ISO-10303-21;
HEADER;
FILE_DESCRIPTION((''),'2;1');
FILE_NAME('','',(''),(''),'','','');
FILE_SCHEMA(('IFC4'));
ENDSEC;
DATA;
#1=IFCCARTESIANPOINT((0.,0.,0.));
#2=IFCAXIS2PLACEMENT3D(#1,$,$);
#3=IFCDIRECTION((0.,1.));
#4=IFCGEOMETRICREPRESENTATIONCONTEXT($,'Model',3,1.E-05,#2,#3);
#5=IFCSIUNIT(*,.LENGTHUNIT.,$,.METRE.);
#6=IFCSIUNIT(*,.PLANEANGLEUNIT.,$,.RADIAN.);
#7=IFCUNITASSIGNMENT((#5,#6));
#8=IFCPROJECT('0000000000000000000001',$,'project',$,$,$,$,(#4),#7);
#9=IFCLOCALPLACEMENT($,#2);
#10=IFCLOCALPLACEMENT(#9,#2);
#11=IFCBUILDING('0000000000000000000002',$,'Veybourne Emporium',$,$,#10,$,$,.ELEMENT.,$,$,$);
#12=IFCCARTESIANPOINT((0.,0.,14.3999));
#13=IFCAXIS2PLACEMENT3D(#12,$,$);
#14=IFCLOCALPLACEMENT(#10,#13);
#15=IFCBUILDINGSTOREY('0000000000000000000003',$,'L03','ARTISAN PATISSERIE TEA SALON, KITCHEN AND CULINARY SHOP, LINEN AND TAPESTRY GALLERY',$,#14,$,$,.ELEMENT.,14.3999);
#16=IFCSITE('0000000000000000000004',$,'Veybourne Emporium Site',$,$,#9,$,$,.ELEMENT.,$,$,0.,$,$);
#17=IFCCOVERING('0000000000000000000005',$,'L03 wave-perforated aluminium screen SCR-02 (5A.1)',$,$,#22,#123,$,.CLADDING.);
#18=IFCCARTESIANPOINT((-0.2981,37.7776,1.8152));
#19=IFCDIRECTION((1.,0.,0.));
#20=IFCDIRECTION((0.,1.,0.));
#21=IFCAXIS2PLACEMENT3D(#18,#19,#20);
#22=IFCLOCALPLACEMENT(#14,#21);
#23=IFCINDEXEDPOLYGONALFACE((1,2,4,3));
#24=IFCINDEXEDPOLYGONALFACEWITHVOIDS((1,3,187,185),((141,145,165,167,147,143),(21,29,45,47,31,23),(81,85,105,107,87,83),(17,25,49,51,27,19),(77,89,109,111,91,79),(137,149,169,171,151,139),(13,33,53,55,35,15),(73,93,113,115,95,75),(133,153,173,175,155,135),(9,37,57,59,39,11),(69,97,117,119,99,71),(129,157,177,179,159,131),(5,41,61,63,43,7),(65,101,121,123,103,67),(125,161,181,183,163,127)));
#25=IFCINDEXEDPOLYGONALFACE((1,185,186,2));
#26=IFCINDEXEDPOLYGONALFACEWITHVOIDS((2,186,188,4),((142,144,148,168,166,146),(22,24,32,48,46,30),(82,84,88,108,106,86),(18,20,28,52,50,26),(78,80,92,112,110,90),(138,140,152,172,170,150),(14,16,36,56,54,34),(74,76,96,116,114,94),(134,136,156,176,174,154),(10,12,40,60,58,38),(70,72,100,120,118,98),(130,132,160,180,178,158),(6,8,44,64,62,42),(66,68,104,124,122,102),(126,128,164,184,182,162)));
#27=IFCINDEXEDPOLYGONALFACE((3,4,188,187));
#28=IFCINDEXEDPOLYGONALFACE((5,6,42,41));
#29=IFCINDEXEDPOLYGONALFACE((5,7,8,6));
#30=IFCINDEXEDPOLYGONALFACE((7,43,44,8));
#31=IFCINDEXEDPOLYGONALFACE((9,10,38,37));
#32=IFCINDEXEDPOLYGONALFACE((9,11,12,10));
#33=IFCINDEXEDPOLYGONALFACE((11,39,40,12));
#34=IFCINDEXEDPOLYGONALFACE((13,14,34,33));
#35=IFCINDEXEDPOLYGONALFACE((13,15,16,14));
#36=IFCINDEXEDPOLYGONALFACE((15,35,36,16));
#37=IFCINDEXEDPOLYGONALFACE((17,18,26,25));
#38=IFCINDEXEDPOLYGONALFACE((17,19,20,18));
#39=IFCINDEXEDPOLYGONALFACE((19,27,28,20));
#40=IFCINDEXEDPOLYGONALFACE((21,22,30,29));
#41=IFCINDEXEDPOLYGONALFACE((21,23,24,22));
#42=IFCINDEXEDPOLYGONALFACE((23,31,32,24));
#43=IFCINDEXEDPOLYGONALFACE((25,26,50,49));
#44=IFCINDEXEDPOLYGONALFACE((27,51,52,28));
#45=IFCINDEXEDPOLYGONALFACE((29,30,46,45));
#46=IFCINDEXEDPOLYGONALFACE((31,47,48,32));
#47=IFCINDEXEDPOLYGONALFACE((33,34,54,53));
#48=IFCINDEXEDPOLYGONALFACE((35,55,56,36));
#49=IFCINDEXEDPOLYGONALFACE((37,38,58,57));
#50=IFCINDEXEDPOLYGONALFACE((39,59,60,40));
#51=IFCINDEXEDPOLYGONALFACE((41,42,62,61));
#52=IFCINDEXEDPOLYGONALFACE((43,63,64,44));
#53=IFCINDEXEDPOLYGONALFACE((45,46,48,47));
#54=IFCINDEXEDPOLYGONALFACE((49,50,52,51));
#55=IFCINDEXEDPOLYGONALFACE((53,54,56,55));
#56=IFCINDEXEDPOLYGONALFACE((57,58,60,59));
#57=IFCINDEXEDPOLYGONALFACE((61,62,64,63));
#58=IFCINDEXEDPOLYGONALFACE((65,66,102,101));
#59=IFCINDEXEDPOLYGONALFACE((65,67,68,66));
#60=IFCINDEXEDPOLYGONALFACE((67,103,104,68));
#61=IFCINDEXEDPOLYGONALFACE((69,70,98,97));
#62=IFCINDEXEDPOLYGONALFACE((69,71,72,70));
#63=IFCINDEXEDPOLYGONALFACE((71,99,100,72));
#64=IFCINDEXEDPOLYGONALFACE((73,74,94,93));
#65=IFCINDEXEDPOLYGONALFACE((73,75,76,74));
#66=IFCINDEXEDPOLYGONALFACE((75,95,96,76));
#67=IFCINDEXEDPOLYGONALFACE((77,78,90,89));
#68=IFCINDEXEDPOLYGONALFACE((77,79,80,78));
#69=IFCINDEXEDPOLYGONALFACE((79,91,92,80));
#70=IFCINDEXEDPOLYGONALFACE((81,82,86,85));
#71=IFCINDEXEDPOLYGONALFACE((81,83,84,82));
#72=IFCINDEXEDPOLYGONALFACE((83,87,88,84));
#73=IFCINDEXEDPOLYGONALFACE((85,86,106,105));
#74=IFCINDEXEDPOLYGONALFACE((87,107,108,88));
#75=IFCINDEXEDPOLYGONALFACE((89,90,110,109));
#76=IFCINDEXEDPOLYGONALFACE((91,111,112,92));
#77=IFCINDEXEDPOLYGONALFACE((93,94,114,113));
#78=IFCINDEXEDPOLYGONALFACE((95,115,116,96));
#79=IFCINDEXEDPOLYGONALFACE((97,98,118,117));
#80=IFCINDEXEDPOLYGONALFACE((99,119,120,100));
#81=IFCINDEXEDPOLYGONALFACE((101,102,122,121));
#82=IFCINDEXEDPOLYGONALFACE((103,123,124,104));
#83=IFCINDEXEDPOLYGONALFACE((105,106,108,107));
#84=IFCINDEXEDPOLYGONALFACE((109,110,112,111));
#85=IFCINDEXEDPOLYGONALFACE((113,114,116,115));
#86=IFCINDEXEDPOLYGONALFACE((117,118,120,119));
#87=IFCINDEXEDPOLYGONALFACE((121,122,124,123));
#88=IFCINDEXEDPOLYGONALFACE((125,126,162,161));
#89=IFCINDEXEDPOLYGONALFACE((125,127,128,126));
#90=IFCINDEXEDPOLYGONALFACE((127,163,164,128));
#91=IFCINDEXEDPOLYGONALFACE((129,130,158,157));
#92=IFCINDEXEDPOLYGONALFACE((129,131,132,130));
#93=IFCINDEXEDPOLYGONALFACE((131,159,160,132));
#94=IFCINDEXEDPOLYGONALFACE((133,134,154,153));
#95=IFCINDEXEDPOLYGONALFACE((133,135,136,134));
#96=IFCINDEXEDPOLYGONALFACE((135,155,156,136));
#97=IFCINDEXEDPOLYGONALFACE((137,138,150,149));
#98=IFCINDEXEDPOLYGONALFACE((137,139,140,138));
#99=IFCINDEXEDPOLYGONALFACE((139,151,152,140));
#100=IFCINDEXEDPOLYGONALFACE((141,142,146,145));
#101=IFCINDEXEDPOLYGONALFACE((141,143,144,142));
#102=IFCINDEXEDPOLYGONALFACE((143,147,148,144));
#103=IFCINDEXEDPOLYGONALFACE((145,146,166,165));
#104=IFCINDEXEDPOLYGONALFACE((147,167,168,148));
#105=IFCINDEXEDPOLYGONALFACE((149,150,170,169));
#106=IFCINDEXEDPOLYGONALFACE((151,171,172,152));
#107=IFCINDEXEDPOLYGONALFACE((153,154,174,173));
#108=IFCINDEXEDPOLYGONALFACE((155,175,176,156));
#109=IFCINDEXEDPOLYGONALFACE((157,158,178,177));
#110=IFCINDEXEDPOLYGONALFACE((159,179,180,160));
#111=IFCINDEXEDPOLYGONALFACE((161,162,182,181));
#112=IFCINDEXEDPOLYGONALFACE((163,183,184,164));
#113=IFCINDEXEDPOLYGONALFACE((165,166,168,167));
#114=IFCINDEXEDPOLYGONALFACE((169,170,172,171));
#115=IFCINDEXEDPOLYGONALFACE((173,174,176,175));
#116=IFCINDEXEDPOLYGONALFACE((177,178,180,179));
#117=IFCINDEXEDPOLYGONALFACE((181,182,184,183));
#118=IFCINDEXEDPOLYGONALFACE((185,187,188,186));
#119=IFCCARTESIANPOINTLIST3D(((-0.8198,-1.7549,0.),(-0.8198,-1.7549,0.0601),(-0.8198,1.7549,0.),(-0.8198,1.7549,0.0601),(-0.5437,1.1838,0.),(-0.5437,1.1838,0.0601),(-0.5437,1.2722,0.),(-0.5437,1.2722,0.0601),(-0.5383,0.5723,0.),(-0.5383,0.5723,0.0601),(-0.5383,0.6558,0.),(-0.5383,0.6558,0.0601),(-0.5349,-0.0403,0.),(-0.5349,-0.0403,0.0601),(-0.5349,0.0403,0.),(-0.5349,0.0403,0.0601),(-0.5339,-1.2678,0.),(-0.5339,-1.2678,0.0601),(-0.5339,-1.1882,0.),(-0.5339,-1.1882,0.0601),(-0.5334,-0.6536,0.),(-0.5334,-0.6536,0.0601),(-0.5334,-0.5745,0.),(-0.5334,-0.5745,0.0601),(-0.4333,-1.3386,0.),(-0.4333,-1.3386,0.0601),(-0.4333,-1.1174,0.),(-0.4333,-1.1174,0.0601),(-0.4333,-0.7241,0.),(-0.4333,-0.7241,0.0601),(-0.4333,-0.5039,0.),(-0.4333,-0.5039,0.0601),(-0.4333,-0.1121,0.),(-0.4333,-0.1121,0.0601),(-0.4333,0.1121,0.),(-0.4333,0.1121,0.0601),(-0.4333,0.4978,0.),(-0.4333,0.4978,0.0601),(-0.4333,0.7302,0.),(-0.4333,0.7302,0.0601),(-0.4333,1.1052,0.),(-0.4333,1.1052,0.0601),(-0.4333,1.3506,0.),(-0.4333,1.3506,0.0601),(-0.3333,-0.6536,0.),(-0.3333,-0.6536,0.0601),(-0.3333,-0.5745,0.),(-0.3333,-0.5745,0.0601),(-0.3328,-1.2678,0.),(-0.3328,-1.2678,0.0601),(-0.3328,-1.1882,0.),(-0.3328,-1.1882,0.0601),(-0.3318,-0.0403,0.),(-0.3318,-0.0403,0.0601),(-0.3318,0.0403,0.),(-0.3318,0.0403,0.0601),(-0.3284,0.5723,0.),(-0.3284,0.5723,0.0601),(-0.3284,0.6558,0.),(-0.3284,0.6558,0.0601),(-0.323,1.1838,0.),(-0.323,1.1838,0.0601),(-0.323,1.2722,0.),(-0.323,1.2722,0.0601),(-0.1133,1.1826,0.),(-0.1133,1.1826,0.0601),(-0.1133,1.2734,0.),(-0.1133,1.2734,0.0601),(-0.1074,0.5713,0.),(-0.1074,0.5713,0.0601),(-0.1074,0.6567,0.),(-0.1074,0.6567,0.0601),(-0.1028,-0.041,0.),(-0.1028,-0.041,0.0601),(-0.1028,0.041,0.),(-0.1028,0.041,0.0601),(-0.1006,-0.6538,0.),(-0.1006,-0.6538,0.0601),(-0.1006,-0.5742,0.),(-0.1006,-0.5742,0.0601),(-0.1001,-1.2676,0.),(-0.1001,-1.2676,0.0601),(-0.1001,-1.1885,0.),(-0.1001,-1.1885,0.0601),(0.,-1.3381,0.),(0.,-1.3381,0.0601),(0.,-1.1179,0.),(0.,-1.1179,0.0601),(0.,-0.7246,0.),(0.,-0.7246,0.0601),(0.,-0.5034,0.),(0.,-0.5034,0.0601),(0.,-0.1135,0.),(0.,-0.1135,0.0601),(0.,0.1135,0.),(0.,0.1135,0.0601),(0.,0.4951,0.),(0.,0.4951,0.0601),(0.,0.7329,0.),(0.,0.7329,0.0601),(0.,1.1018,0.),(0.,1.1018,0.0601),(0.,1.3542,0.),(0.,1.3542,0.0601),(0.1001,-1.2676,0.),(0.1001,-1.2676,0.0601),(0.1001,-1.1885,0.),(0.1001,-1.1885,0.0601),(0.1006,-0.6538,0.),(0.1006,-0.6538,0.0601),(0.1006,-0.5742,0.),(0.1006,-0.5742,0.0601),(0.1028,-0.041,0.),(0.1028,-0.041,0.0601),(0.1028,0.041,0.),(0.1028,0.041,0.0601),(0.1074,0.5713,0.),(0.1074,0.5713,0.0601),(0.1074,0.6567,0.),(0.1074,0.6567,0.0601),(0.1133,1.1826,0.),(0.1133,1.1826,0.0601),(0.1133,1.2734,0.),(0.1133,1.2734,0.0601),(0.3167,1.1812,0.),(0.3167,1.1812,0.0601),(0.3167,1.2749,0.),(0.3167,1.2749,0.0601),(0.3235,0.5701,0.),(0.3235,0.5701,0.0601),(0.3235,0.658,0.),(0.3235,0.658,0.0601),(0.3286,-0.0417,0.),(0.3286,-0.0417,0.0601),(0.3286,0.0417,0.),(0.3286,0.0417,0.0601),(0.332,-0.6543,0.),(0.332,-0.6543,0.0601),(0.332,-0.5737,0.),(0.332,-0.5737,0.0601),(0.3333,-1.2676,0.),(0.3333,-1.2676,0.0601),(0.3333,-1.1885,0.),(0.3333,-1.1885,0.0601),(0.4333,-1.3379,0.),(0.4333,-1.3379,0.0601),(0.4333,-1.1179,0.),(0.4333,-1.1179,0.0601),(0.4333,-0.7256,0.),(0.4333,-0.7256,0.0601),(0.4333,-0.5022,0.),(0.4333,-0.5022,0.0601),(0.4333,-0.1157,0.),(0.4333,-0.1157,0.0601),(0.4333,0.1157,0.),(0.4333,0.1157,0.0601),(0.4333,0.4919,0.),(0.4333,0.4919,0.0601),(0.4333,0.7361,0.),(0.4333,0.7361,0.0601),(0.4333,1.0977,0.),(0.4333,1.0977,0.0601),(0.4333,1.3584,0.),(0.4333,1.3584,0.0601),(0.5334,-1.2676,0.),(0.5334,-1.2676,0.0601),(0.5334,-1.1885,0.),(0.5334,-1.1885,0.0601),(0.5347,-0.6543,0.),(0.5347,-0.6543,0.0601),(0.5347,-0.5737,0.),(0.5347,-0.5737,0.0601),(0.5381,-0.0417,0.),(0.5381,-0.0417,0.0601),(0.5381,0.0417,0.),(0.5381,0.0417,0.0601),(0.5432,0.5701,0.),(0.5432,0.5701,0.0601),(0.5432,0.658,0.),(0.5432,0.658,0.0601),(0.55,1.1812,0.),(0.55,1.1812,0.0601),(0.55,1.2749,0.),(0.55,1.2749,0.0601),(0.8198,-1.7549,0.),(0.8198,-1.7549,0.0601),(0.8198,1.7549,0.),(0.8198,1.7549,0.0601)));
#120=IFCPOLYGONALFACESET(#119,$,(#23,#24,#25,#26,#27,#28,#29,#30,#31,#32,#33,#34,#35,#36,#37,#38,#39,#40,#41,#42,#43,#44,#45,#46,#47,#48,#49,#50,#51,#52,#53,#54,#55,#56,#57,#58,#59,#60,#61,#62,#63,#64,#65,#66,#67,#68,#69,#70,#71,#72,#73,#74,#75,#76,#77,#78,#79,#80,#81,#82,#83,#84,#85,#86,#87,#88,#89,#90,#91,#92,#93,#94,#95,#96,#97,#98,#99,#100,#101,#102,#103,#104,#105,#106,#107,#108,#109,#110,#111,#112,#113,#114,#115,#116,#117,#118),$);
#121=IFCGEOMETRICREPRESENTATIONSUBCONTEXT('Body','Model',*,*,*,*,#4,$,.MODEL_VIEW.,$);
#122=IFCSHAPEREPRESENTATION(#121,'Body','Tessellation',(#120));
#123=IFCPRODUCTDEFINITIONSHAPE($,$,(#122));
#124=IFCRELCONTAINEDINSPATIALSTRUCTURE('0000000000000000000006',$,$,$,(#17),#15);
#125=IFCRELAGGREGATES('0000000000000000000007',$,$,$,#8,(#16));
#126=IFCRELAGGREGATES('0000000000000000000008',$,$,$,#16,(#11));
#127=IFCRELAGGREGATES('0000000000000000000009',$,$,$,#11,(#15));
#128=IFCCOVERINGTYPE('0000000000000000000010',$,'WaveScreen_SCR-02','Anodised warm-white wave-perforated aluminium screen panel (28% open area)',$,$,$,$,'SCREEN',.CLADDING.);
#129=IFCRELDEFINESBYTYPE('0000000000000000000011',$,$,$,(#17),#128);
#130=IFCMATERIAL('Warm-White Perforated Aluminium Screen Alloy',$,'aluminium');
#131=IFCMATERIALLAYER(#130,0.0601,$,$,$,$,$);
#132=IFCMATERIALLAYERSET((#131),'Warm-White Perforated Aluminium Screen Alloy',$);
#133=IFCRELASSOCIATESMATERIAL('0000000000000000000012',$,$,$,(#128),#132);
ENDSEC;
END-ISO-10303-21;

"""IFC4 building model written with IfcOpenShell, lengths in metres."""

from ifc_helpers import new_model, si_unit, direction, frame, origin, place, context, subcontext, project, spatial, polyline, outline, extrude, material, layer, layer_set, type_object, element, save


model = new_model("IFC4")

# Units and contexts
model_context = context("Model", 3, precision=1e-05, world=origin(), true_north=direction((0.0, 1.0)))
body_context = subcontext(model_context, "Body", "Model", "MODEL_VIEW")
ifc_project = project(units=[si_unit("LENGTHUNIT", "METRE"), si_unit("PLANEANGLEUNIT", "RADIAN")], contexts=[model_context])

# Site, building, storey
site_placement = place(None, origin())
site = spatial("IfcSite", under=ifc_project, at=site_placement, Name="Veybourne Emporium Site", CompositionType="ELEMENT", RefElevation=0.0)
building_placement = place(site_placement, origin())
building = spatial("IfcBuilding", under=site, at=building_placement, Name="Veybourne Emporium", CompositionType="ELEMENT")
storey_placement = place(building_placement, frame((0.0, 0.0, 14.3999)))
storey = spatial("IfcBuildingStorey", under=building, at=storey_placement, Name="L03", Description="ARTISAN PATISSERIE TEA SALON, KITCHEN AND CULINARY SHOP, LINEN AND TAPESTRY GALLERY", CompositionType="ELEMENT", Elevation=14.3999)

# Covering
ifc_material_1 = material(Name="Warm-White Perforated Aluminium Screen Alloy", Category="aluminium")
ifc_layer_1 = layer(ifc_material_1, 0.0601)
ifc_layer_set_1 = layer_set([ifc_layer_1], Name="Warm-White Perforated Aluminium Screen Alloy")
covering_type_1 = type_object("IfcCoveringType", Name="WaveScreen_SCR-02", Description="Anodised warm-white wave-perforated aluminium screen panel (28% open area)", ElementType="SCREEN", PredefinedType="CLADDING", material=ifc_layer_set_1)
covering_1_placement = place(storey_placement, frame((-0.2981, 37.7776, 1.8152), z_axis=(1.0, 0.0, 0.0), x_axis=(0.0, 1.0, 0.0)))
element("IfcCovering", 1, at=covering_1_placement, inside=storey, type_object=covering_type_1, Name="L03 wave-perforated aluminium screen SCR-02 (5A.1)", PredefinedType="CLADDING", context=body_context, shape_type="SweptSolid", body=[
    extrude(outline(polyline([(-0.8198, -1.7549), (0.8198, -1.7549), (0.8198, 1.7549), (-0.8198, 1.7549), (-0.8198, -1.7549)]), holes=[polyline([(-0.4333, -1.1174), (-0.3328, -1.1882), (-0.3328, -1.2678), (-0.4333, -1.3386), (-0.5339, -1.2678), (-0.5339, -1.1882), (-0.4333, -1.1174)]), polyline([(-0.4333, -0.5039), (-0.3333, -0.5745), (-0.3333, -0.6536), (-0.4333, -0.7241), (-0.5334, -0.6536), (-0.5334, -0.5745), (-0.4333, -0.5039)]), polyline([(-0.4333, 0.1121), (-0.3318, 0.0403), (-0.3318, -0.0403), (-0.4333, -0.1121), (-0.5349, -0.0403), (-0.5349, 0.0403), (-0.4333, 0.1121)]), polyline([(-0.4333, 0.7302), (-0.3284, 0.6558), (-0.3284, 0.5723), (-0.4333, 0.4978), (-0.5383, 0.5723), (-0.5383, 0.6558), (-0.4333, 0.7302)]), polyline([(-0.4333, 1.3506), (-0.323, 1.2722), (-0.323, 1.1838), (-0.4333, 1.1052), (-0.5437, 1.1838), (-0.5437, 1.2722), (-0.4333, 1.3506)]), polyline([(0.0, -1.1179), (0.1001, -1.1885), (0.1001, -1.2676), (0.0, -1.3381), (-0.1001, -1.2676), (-0.1001, -1.1885), (0.0, -1.1179)]), polyline([(0.0, -0.5034), (0.1006, -0.5742), (0.1006, -0.6538), (0.0, -0.7246), (-0.1006, -0.6538), (-0.1006, -0.5742), (0.0, -0.5034)]), polyline([(0.0, 0.1135), (0.1028, 0.041), (0.1028, -0.041), (0.0, -0.1135), (-0.1028, -0.041), (-0.1028, 0.041), (0.0, 0.1135)]), polyline([(0.0, 0.7329), (0.1074, 0.6567), (0.1074, 0.5713), (0.0, 0.4951), (-0.1074, 0.5713), (-0.1074, 0.6567), (0.0, 0.7329)]), polyline([(0.0, 1.3542), (0.1133, 1.2734), (0.1133, 1.1826), (0.0, 1.1018), (-0.1133, 1.1826), (-0.1133, 1.2734), (0.0, 1.3542)]), polyline([(0.4333, -1.1179), (0.5334, -1.1885), (0.5334, -1.2676), (0.4333, -1.3379), (0.3333, -1.2676), (0.3333, -1.1885), (0.4333, -1.1179)]), polyline([(0.4333, -0.5022), (0.5347, -0.5737), (0.5347, -0.6543), (0.4333, -0.7256), (0.332, -0.6543), (0.332, -0.5737), (0.4333, -0.5022)]), polyline([(0.4333, 0.1157), (0.5381, 0.0417), (0.5381, -0.0417), (0.4333, -0.1157), (0.3286, -0.0417), (0.3286, 0.0417), (0.4333, 0.1157)]), polyline([(0.4333, 0.7361), (0.5432, 0.658), (0.5432, 0.5701), (0.4333, 0.4919), (0.3235, 0.5701), (0.3235, 0.658), (0.4333, 0.7361)]), polyline([(0.4333, 1.3584), (0.55, 1.2749), (0.55, 1.1812), (0.4333, 1.0977), (0.3167, 1.1812), (0.3167, 1.2749), (0.4333, 1.3584)])]), origin(), (0.0, 0.0, 1.0), 0.0601),
])

save(model, "model.ifc")
